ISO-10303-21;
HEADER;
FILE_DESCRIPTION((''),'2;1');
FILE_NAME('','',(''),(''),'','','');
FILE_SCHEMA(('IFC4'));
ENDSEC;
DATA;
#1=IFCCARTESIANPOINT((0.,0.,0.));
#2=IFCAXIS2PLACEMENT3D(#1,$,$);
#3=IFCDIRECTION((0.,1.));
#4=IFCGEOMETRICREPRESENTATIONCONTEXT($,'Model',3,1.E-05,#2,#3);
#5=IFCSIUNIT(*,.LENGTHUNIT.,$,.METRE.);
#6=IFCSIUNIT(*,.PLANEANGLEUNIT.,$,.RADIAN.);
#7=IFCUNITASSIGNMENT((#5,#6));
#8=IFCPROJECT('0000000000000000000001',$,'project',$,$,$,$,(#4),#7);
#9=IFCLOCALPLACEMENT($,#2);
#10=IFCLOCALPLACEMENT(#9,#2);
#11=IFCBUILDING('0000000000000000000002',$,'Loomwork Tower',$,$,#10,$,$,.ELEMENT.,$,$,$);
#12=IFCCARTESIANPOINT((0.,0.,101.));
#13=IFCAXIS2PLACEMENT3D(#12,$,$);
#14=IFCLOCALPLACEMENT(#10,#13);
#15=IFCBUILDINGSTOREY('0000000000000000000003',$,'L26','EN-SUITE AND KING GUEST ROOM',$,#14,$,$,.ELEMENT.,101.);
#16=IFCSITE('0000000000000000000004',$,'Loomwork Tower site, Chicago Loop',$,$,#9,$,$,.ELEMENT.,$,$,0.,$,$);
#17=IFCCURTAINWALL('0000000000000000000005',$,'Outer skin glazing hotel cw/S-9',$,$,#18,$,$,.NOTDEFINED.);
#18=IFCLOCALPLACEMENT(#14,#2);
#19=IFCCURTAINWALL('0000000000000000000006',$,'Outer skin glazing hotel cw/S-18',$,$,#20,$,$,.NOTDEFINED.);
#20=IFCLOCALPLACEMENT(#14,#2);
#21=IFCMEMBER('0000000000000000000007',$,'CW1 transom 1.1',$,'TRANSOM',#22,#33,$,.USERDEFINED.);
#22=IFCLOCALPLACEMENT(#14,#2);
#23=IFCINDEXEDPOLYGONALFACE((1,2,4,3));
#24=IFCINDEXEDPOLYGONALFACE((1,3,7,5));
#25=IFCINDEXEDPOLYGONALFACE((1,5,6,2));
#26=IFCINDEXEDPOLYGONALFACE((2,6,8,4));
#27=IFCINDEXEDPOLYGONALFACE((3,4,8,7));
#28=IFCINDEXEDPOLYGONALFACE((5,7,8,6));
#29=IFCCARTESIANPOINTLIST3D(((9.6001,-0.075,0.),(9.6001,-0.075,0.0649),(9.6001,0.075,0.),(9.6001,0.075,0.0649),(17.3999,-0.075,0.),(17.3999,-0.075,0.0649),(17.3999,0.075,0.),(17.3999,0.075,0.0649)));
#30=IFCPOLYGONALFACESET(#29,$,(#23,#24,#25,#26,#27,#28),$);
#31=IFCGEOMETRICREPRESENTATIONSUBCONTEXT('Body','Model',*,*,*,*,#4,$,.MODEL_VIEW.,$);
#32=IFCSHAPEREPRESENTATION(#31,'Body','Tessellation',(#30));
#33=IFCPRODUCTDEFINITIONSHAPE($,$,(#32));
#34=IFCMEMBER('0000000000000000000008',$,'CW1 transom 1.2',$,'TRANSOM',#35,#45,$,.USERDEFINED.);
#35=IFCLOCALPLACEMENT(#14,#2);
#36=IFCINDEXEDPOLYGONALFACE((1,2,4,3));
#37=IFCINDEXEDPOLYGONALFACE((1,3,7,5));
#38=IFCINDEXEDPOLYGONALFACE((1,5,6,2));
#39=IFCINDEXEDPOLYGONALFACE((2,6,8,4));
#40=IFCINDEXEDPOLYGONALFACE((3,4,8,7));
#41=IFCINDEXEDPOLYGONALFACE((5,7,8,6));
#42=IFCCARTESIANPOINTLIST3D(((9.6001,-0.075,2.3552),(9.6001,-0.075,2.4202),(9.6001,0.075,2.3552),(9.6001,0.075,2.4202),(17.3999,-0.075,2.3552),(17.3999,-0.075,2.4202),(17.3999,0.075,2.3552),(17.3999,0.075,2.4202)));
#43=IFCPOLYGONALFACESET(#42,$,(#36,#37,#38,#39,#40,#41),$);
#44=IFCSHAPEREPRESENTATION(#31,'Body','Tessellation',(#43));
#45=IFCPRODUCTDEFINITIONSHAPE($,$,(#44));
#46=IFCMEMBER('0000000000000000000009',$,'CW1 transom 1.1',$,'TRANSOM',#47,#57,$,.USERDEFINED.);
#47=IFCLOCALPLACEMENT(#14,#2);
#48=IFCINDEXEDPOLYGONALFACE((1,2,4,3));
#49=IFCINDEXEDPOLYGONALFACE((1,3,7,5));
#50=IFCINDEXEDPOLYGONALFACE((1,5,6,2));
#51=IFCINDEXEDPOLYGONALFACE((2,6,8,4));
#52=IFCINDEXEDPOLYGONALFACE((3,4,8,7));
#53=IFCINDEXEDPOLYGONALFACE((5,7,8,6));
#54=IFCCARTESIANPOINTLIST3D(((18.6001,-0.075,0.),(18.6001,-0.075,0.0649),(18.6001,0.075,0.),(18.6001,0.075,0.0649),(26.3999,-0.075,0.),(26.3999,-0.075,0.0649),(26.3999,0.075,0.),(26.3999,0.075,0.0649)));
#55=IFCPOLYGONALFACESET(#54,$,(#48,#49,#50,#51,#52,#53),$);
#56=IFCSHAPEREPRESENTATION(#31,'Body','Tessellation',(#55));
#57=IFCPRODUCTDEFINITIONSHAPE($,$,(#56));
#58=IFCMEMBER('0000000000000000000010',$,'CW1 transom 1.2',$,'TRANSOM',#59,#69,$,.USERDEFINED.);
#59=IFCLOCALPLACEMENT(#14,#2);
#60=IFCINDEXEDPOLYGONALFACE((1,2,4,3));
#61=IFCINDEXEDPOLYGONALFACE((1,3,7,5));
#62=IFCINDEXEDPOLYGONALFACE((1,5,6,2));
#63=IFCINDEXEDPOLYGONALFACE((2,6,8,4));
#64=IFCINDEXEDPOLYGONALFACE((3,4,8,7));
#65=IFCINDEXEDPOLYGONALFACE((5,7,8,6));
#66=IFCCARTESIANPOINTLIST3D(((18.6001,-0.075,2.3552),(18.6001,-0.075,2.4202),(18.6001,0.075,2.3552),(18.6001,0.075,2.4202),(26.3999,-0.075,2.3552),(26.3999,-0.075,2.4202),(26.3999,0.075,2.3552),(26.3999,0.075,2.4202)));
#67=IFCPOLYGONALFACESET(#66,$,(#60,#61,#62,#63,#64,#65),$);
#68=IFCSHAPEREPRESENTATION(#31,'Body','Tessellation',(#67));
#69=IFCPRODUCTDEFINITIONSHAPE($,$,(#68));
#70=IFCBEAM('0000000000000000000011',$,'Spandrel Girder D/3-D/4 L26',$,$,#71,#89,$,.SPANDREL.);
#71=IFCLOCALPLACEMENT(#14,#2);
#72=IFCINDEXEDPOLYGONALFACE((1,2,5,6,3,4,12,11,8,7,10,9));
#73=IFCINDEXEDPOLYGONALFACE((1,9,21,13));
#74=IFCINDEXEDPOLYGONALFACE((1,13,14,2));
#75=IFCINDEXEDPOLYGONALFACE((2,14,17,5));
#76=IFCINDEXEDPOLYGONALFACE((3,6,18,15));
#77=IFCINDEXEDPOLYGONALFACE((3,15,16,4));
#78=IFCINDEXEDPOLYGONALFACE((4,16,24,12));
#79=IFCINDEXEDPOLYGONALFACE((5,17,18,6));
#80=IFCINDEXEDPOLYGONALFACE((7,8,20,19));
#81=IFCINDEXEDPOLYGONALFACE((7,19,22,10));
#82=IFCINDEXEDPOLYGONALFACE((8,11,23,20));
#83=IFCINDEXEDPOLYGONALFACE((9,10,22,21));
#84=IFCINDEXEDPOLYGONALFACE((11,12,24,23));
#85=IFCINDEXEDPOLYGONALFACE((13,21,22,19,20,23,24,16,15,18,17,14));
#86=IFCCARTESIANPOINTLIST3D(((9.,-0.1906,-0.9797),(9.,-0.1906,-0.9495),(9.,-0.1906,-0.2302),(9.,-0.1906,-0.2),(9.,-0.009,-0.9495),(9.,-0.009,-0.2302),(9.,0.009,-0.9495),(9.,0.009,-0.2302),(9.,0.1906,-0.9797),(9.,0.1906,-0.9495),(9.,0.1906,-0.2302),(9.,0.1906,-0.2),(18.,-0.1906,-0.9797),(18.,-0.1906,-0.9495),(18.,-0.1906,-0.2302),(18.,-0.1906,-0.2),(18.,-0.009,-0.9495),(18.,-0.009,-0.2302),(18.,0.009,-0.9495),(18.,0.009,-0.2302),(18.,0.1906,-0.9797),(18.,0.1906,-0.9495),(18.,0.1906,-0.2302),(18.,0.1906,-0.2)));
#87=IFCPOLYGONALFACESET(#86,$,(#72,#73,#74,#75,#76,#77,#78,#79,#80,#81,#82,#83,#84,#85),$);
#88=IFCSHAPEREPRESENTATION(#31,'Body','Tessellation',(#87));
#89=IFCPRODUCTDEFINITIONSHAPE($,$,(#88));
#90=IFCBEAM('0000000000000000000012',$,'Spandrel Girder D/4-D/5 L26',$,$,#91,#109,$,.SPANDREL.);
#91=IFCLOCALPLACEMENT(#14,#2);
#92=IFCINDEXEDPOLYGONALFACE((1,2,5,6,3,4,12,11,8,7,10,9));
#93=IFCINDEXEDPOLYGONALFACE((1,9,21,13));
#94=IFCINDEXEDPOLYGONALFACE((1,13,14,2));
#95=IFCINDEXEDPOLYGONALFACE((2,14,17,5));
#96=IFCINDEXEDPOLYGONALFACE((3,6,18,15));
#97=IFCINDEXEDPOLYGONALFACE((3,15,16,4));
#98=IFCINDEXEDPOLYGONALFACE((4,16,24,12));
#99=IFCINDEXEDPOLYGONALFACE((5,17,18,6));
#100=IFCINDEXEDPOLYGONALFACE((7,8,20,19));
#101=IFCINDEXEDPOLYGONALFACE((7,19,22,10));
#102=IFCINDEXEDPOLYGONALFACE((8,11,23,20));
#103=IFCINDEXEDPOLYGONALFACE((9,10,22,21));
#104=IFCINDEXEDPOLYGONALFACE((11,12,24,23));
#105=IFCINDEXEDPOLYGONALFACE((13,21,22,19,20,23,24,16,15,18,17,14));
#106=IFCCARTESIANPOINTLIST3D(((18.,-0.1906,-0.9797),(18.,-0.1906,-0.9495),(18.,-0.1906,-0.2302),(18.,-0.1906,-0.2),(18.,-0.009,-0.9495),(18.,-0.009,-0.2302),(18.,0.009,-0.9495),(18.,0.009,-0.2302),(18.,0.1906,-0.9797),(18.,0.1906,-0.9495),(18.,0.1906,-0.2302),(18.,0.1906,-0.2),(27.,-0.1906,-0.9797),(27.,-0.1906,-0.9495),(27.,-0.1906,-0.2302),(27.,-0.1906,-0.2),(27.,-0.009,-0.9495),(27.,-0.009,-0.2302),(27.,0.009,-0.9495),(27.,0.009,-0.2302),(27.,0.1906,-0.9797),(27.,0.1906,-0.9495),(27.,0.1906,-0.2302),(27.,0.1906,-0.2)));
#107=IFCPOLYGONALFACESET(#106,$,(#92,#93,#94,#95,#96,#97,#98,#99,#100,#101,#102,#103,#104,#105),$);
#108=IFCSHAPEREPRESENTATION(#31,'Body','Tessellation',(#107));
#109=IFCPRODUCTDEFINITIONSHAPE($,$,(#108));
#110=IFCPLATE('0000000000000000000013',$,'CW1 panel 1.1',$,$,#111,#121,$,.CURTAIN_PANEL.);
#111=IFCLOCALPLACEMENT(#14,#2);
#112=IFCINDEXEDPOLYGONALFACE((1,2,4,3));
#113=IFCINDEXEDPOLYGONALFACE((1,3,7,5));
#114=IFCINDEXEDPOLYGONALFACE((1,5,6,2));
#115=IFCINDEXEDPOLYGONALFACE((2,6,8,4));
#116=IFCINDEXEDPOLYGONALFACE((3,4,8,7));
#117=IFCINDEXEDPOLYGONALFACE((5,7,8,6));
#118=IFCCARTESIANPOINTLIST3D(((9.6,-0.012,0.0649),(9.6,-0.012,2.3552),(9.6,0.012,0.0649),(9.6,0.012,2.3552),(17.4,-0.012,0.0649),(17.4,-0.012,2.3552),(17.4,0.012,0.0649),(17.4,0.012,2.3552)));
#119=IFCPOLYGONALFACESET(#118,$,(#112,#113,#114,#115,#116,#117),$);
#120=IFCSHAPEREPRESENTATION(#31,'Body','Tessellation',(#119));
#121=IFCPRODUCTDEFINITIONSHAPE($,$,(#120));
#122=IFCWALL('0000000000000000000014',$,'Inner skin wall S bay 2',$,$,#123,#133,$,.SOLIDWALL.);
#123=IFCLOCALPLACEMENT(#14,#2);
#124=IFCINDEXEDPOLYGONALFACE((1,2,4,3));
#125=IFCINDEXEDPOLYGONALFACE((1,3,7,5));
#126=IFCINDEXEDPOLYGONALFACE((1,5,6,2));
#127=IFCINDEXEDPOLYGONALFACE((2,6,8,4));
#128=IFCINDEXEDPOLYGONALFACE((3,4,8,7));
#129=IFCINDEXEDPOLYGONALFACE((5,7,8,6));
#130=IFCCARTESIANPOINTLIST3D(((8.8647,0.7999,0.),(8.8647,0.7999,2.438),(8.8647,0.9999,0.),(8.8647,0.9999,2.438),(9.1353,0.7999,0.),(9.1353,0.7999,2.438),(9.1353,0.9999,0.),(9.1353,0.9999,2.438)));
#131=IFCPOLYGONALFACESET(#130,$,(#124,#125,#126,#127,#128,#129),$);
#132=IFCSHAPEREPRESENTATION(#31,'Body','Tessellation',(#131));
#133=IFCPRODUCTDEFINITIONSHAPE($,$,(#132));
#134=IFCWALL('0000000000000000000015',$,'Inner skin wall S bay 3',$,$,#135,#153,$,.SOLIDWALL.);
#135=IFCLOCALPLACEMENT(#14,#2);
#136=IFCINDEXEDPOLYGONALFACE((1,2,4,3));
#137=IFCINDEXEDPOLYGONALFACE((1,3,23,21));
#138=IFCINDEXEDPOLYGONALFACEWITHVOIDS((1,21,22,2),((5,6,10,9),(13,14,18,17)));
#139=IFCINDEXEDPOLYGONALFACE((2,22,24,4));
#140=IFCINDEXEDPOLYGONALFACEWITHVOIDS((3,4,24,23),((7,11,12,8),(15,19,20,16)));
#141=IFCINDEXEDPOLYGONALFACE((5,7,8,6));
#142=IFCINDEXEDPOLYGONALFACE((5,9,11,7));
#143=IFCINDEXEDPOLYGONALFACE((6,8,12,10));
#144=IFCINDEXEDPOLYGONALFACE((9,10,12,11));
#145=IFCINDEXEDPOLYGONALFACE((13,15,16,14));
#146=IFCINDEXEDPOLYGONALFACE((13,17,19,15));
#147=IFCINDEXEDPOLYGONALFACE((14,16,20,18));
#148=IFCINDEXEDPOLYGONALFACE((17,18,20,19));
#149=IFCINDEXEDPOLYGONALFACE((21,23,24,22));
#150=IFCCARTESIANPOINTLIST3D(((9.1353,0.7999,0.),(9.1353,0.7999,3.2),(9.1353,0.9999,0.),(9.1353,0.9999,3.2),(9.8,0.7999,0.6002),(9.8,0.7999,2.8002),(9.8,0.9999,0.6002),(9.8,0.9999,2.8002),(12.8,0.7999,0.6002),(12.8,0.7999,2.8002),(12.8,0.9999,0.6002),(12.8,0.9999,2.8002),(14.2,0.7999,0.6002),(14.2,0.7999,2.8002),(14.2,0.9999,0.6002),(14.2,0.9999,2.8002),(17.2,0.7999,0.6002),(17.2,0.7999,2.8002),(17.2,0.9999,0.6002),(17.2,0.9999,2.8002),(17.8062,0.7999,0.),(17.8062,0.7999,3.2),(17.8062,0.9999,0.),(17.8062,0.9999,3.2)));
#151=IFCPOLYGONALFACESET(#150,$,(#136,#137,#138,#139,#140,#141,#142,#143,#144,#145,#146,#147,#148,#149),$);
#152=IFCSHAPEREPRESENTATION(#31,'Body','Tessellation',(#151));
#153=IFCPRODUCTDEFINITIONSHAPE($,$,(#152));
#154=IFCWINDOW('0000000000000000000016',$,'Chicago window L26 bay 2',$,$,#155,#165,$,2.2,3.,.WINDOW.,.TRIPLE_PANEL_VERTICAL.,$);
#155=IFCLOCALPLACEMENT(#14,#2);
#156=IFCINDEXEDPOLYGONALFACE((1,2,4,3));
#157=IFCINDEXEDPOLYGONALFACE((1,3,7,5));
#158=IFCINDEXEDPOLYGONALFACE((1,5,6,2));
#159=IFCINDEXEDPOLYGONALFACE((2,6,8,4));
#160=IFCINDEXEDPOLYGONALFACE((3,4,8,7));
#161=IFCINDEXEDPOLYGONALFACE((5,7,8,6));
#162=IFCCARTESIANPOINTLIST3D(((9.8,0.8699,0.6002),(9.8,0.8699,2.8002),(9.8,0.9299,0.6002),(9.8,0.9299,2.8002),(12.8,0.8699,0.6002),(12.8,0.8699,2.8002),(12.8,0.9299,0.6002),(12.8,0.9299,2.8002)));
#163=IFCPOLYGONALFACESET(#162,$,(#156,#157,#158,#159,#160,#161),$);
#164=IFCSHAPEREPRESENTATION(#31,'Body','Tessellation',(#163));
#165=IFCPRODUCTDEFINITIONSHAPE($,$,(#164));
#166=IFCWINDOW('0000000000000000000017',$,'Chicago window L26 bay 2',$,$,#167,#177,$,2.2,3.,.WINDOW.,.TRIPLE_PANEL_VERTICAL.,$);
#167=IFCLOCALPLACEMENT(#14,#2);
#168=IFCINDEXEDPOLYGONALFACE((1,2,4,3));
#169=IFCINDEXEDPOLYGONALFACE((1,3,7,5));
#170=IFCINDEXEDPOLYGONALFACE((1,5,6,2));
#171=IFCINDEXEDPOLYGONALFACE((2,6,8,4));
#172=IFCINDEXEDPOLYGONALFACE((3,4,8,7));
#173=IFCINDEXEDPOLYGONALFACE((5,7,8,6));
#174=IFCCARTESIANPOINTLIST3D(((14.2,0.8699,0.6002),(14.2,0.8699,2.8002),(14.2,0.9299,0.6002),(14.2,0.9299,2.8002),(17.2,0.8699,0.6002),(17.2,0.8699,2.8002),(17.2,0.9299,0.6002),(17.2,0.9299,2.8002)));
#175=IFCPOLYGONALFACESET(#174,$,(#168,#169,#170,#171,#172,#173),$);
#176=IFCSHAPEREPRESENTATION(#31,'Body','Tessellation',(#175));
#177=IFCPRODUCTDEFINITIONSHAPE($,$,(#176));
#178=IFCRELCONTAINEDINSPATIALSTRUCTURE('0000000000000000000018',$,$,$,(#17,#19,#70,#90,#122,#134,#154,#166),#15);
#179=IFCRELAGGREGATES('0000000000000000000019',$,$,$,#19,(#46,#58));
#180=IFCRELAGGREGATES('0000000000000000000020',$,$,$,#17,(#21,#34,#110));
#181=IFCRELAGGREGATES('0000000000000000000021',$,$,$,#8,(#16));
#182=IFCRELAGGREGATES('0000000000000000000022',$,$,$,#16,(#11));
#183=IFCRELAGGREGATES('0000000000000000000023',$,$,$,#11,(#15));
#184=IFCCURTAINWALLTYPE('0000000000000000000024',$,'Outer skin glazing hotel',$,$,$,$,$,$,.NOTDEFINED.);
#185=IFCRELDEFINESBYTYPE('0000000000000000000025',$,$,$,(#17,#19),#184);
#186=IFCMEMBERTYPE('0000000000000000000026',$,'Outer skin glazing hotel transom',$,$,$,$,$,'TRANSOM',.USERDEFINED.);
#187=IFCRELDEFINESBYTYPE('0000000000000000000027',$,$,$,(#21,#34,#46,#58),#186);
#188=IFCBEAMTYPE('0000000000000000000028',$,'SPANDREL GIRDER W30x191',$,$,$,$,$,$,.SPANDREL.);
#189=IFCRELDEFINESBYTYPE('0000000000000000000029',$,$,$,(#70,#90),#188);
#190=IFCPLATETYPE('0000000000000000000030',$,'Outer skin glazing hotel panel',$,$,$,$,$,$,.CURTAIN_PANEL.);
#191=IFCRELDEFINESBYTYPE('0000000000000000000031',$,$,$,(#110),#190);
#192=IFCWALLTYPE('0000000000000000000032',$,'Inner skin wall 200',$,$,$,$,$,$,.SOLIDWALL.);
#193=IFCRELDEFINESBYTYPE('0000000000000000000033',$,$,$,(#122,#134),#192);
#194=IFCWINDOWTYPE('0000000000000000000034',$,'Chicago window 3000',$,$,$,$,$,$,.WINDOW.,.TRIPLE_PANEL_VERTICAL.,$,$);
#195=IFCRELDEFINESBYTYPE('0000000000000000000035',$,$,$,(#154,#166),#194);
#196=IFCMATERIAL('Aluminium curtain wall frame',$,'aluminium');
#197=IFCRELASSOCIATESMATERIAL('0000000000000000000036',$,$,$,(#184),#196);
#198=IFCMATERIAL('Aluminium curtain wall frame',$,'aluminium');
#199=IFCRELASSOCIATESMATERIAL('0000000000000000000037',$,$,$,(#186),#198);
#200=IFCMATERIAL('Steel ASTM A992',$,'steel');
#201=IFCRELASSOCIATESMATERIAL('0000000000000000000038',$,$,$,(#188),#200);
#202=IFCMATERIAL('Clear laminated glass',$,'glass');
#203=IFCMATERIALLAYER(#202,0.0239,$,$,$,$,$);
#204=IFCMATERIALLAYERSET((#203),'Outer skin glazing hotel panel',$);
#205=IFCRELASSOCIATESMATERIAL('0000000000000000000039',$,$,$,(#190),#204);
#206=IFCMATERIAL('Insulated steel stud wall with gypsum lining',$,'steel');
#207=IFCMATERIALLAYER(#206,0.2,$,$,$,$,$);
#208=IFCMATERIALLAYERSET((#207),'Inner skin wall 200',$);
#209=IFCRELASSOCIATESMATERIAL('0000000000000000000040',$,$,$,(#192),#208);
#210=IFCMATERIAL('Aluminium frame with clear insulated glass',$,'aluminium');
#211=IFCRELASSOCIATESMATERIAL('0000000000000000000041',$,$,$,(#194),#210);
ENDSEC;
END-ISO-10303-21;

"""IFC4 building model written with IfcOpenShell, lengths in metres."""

from ifc_helpers import new_model, si_unit, direction, frame, frame_2d, origin, origin_2d, place, context, subcontext, project, spatial, rectangle, i_section, extrude, material, layer, layer_set, material_profile, profile_set, type_object, element, fill, aggregate, save


model = new_model("IFC4")

# Units and contexts
model_context = context("Model", 3, precision=1e-05, world=origin(), true_north=direction((0.0, 1.0)))
body_context = subcontext(model_context, "Body", "Model", "MODEL_VIEW")
ifc_project = project(units=[si_unit("LENGTHUNIT", "METRE"), si_unit("PLANEANGLEUNIT", "RADIAN")], contexts=[model_context])

# Site, building, storey
site_placement = place(None, origin())
site = spatial("IfcSite", under=ifc_project, at=site_placement, Name="Loomwork Tower site, Chicago Loop", CompositionType="ELEMENT", RefElevation=0.0)
building_placement = place(site_placement, origin())
building = spatial("IfcBuilding", under=site, at=building_placement, Name="Loomwork Tower", CompositionType="ELEMENT")
storey_placement = place(building_placement, frame((0.0, 0.0, 101.0)))
storey = spatial("IfcBuildingStorey", under=building, at=storey_placement, Name="L26", Description="EN-SUITE AND KING GUEST ROOM", CompositionType="ELEMENT", Elevation=101.0)

# Shared definitions
ifc_material_1 = material(Name="Aluminium curtain wall frame", Category="aluminium")
curtain_wall_type = type_object("IfcCurtainWallType", Name="Outer skin glazing hotel", PredefinedType="NOTDEFINED", material=ifc_material_1)

# Curtain wall
curtain_wall_1_placement = place(storey_placement, origin())
curtain_wall_1 = element("IfcCurtainWall", 1, at=curtain_wall_1_placement, inside=storey, type_object=curtain_wall_type, Name="Outer skin glazing hotel cw/S-9", PredefinedType="NOTDEFINED")

# Curtain wall
curtain_wall_2_placement = place(storey_placement, origin())
curtain_wall_2 = element("IfcCurtainWall", 2, at=curtain_wall_2_placement, inside=storey, type_object=curtain_wall_type, Name="Outer skin glazing hotel cw/S-18", PredefinedType="NOTDEFINED")

# Members
ifc_material_2 = material(Name="Aluminium curtain wall frame", Category="aluminium")
ifc_material_profile_1 = material_profile(ifc_material_2, rectangle(XDim=0.1499, YDim=0.0649, at=origin_2d()), Name="AL 65x150")
ifc_profile_set_1 = profile_set([ifc_material_profile_1], Name="Aluminium curtain wall frame")
member_type_1 = type_object("IfcMemberType", Name="Outer skin glazing hotel transom", ElementType="TRANSOM", PredefinedType="USERDEFINED", material=ifc_profile_set_1)
member_1_placement = place(storey_placement, frame((9.6001, 0.0, 0.0325), z_axis=(1.0, 0.0, 0.0), x_axis=(0.0, 1.0, 0.0)))
member_1 = element("IfcMember", 3, at=member_1_placement, type_object=member_type_1, Name="CW1 transom 1.1", ObjectType="TRANSOM", PredefinedType="USERDEFINED", context=body_context, shape_type="SweptSolid", body=[
    extrude(rectangle(XDim=0.1499, YDim=0.0649, at=origin_2d()), origin(), (0.0, 0.0, 1.0), 7.7998),
])
member_2_placement = place(storey_placement, frame((9.6001, 0.0, 2.3877), z_axis=(1.0, 0.0, 0.0), x_axis=(0.0, 1.0, 0.0)))
member_2 = element("IfcMember", 4, at=member_2_placement, type_object=member_type_1, Name="CW1 transom 1.2", ObjectType="TRANSOM", PredefinedType="USERDEFINED", context=body_context, shape_type="SweptSolid", body=[
    extrude(rectangle(XDim=0.1499, YDim=0.0649, at=origin_2d()), origin(), (0.0, 0.0, 1.0), 7.7998),
])
member_3_placement = place(storey_placement, frame((18.6001, 0.0, 0.0325), z_axis=(1.0, 0.0, 0.0), x_axis=(0.0, 1.0, 0.0)))
member_3 = element("IfcMember", 5, at=member_3_placement, type_object=member_type_1, Name="CW1 transom 1.1", ObjectType="TRANSOM", PredefinedType="USERDEFINED", context=body_context, shape_type="SweptSolid", body=[
    extrude(rectangle(XDim=0.1499, YDim=0.0649, at=origin_2d()), origin(), (0.0, 0.0, 1.0), 7.7998),
])
member_4_placement = place(storey_placement, frame((18.6001, 0.0, 2.3877), z_axis=(1.0, 0.0, 0.0), x_axis=(0.0, 1.0, 0.0)))
member_4 = element("IfcMember", 6, at=member_4_placement, type_object=member_type_1, Name="CW1 transom 1.2", ObjectType="TRANSOM", PredefinedType="USERDEFINED", context=body_context, shape_type="SweptSolid", body=[
    extrude(rectangle(XDim=0.1499, YDim=0.0649, at=origin_2d()), origin(), (0.0, 0.0, 1.0), 7.7998),
])
aggregate(curtain_wall_2, [member_3, member_4])

# Beams
ifc_material_3 = material(Name="Steel ASTM A992", Category="steel")
ifc_material_profile_2 = material_profile(ifc_material_3, i_section(OverallWidth=0.3811, OverallDepth=0.7798, WebThickness=0.0181, FlangeThickness=0.0303, at=origin_2d()), Name="W30x191")
ifc_profile_set_2 = profile_set([ifc_material_profile_2], Name="Steel ASTM A992")
beam_type_1 = type_object("IfcBeamType", Name="SPANDREL GIRDER W30x191", PredefinedType="SPANDREL", material=ifc_profile_set_2)
for number, where, z_axis, x_axis, name in (
    (7, (9.0, 0.0, -0.5898), (1.0, 0.0, 0.0), (0.0, 1.0, 0.0), "Spandrel Girder D/3-D/4 L26"),
    (8, (18.0, 0.0, -0.5898), (1.0, 0.0, 0.0), (0.0, 1.0, 0.0), "Spandrel Girder D/4-D/5 L26"),
):
    element("IfcBeam", number, at=place(storey_placement, frame(where, z_axis=z_axis, x_axis=x_axis)), inside=storey, type_object=beam_type_1, Name=name, PredefinedType="SPANDREL", context=body_context, shape_type="SweptSolid", body=[
        extrude(i_section(OverallWidth=0.3811, OverallDepth=0.7798, WebThickness=0.0181, FlangeThickness=0.0303, at=origin_2d()), origin(), (0.0, 0.0, 1.0), 9.0),
    ])

# Plate
ifc_material_4 = material(Name="Clear laminated glass", Category="glass")
ifc_layer_1 = layer(ifc_material_4, 0.0239)
ifc_layer_set_1 = layer_set([ifc_layer_1], Name="Outer skin glazing hotel panel")
plate_type = type_object("IfcPlateType", Name="Outer skin glazing hotel panel", PredefinedType="CURTAIN_PANEL", material=ifc_layer_set_1)
plate_placement = place(storey_placement, frame((13.5, 0.0, 0.0649), z_axis=(0.0, 0.0, 1.0), x_axis=(1.0, 0.0, 0.0)))
plate = element("IfcPlate", 9, at=plate_placement, type_object=plate_type, Name="CW1 panel 1.1", PredefinedType="CURTAIN_PANEL", context=body_context, shape_type="SweptSolid", body=[
    extrude(rectangle(XDim=7.8, YDim=0.0239, at=origin_2d()), origin(), (0.0, 0.0, 1.0), 2.2903),
])
aggregate(curtain_wall_1, [member_1, member_2, plate])

# Wall
ifc_material_5 = material(Name="Insulated steel stud wall with gypsum lining", Category="steel")
ifc_layer_2 = layer(ifc_material_5, 0.2)
ifc_layer_set_2 = layer_set([ifc_layer_2], Name="Inner skin wall 200")
wall_type = type_object("IfcWallType", Name="Inner skin wall 200", PredefinedType="SOLIDWALL", material=ifc_layer_set_2)
wall_1_placement = place(storey_placement, frame((8.8647, 0.8999, 0.0), z_axis=(0.0, 0.0, 1.0), x_axis=(1.0, 0.0, 0.0)))
element("IfcWall", 10, at=wall_1_placement, inside=storey, type_object=wall_type, Name="Inner skin wall S bay 2", PredefinedType="SOLIDWALL", context=body_context, shape_type="SweptSolid", body=[
    extrude(rectangle(XDim=0.2705, YDim=0.2, at=frame_2d((0.1353, 0.0))), origin(), (0.0, 0.0, 1.0), 2.438),
])

# Wall, openings, windows
wall_2_placement = place(storey_placement, frame((9.1353, 0.8999, 0.0), z_axis=(0.0, 0.0, 1.0), x_axis=(1.0, 0.0, 0.0)))
wall_2 = element("IfcWall", 11, at=wall_2_placement, inside=storey, type_object=wall_type, Name="Inner skin wall S bay 3", PredefinedType="SOLIDWALL", context=body_context, shape_type="SweptSolid", body=[
    extrude(rectangle(XDim=8.6709, YDim=0.2, at=frame_2d((4.3354, 0.0))), origin(), (0.0, 0.0, 1.0), 3.2),
])
opening_1_placement = place(wall_2_placement, frame((0.6648, 0.0, 0.6001)))
opening_1 = element("IfcOpeningElement", 12, at=opening_1_placement, cuts=wall_2, PredefinedType="OPENING", context=body_context, shape_type="SweptSolid", body=[
    extrude(rectangle(XDim=3.0, YDim=2.2, at=frame_2d((1.5, 1.1001))), frame((0.0, 0.1099, 0.0), z_axis=(0.0, -1.0, 0.0), x_axis=(1.0, 0.0, 0.0)), (0.0, 0.0, 1.0), 0.22),
])
opening_2_placement = place(wall_2_placement, frame((5.0647, 0.0, 0.6001)))
opening_2 = element("IfcOpeningElement", 13, at=opening_2_placement, cuts=wall_2, PredefinedType="OPENING", context=body_context, shape_type="SweptSolid", body=[
    extrude(rectangle(XDim=3.0, YDim=2.2, at=frame_2d((1.5, 1.1001))), frame((0.0, 0.1099, 0.0), z_axis=(0.0, -1.0, 0.0), x_axis=(1.0, 0.0, 0.0)), (0.0, 0.0, 1.0), 0.22),
])
ifc_material_6 = material(Name="Aluminium frame with clear insulated glass", Category="aluminium")
window_type = type_object("IfcWindowType", Name="Chicago window 3000", PartitioningType="TRIPLE_PANEL_VERTICAL", PredefinedType="WINDOW", material=ifc_material_6)
window_1_placement = place(opening_1_placement, origin())
window_1 = element("IfcWindow", 14, at=window_1_placement, inside=storey, type_object=window_type, Name="Chicago window L26 bay 2", OverallHeight=2.2, OverallWidth=3.0, PartitioningType="TRIPLE_PANEL_VERTICAL", PredefinedType="WINDOW", context=body_context, shape_type="SweptSolid", body=[
    extrude(rectangle(XDim=3.0, YDim=2.2, at=frame_2d((1.5, 1.1001))), frame((0.0, 0.03, 0.0), z_axis=(0.0, -1.0, 0.0), x_axis=(1.0, 0.0, 0.0)), (0.0, 0.0, 1.0), 0.0601),
])
fill(opening_1, window_1)
window_2_placement = place(opening_2_placement, origin())
window_2 = element("IfcWindow", 15, at=window_2_placement, inside=storey, type_object=window_type, Name="Chicago window L26 bay 2", OverallHeight=2.2, OverallWidth=3.0, PartitioningType="TRIPLE_PANEL_VERTICAL", PredefinedType="WINDOW", context=body_context, shape_type="SweptSolid", body=[
    extrude(rectangle(XDim=3.0, YDim=2.2, at=frame_2d((1.5, 1.1001))), frame((0.0, 0.03, 0.0), z_axis=(0.0, -1.0, 0.0), x_axis=(1.0, 0.0, 0.0)), (0.0, 0.0, 1.0), 0.0601),
])
fill(opening_2, window_2)

save(model, "model.ifc")
